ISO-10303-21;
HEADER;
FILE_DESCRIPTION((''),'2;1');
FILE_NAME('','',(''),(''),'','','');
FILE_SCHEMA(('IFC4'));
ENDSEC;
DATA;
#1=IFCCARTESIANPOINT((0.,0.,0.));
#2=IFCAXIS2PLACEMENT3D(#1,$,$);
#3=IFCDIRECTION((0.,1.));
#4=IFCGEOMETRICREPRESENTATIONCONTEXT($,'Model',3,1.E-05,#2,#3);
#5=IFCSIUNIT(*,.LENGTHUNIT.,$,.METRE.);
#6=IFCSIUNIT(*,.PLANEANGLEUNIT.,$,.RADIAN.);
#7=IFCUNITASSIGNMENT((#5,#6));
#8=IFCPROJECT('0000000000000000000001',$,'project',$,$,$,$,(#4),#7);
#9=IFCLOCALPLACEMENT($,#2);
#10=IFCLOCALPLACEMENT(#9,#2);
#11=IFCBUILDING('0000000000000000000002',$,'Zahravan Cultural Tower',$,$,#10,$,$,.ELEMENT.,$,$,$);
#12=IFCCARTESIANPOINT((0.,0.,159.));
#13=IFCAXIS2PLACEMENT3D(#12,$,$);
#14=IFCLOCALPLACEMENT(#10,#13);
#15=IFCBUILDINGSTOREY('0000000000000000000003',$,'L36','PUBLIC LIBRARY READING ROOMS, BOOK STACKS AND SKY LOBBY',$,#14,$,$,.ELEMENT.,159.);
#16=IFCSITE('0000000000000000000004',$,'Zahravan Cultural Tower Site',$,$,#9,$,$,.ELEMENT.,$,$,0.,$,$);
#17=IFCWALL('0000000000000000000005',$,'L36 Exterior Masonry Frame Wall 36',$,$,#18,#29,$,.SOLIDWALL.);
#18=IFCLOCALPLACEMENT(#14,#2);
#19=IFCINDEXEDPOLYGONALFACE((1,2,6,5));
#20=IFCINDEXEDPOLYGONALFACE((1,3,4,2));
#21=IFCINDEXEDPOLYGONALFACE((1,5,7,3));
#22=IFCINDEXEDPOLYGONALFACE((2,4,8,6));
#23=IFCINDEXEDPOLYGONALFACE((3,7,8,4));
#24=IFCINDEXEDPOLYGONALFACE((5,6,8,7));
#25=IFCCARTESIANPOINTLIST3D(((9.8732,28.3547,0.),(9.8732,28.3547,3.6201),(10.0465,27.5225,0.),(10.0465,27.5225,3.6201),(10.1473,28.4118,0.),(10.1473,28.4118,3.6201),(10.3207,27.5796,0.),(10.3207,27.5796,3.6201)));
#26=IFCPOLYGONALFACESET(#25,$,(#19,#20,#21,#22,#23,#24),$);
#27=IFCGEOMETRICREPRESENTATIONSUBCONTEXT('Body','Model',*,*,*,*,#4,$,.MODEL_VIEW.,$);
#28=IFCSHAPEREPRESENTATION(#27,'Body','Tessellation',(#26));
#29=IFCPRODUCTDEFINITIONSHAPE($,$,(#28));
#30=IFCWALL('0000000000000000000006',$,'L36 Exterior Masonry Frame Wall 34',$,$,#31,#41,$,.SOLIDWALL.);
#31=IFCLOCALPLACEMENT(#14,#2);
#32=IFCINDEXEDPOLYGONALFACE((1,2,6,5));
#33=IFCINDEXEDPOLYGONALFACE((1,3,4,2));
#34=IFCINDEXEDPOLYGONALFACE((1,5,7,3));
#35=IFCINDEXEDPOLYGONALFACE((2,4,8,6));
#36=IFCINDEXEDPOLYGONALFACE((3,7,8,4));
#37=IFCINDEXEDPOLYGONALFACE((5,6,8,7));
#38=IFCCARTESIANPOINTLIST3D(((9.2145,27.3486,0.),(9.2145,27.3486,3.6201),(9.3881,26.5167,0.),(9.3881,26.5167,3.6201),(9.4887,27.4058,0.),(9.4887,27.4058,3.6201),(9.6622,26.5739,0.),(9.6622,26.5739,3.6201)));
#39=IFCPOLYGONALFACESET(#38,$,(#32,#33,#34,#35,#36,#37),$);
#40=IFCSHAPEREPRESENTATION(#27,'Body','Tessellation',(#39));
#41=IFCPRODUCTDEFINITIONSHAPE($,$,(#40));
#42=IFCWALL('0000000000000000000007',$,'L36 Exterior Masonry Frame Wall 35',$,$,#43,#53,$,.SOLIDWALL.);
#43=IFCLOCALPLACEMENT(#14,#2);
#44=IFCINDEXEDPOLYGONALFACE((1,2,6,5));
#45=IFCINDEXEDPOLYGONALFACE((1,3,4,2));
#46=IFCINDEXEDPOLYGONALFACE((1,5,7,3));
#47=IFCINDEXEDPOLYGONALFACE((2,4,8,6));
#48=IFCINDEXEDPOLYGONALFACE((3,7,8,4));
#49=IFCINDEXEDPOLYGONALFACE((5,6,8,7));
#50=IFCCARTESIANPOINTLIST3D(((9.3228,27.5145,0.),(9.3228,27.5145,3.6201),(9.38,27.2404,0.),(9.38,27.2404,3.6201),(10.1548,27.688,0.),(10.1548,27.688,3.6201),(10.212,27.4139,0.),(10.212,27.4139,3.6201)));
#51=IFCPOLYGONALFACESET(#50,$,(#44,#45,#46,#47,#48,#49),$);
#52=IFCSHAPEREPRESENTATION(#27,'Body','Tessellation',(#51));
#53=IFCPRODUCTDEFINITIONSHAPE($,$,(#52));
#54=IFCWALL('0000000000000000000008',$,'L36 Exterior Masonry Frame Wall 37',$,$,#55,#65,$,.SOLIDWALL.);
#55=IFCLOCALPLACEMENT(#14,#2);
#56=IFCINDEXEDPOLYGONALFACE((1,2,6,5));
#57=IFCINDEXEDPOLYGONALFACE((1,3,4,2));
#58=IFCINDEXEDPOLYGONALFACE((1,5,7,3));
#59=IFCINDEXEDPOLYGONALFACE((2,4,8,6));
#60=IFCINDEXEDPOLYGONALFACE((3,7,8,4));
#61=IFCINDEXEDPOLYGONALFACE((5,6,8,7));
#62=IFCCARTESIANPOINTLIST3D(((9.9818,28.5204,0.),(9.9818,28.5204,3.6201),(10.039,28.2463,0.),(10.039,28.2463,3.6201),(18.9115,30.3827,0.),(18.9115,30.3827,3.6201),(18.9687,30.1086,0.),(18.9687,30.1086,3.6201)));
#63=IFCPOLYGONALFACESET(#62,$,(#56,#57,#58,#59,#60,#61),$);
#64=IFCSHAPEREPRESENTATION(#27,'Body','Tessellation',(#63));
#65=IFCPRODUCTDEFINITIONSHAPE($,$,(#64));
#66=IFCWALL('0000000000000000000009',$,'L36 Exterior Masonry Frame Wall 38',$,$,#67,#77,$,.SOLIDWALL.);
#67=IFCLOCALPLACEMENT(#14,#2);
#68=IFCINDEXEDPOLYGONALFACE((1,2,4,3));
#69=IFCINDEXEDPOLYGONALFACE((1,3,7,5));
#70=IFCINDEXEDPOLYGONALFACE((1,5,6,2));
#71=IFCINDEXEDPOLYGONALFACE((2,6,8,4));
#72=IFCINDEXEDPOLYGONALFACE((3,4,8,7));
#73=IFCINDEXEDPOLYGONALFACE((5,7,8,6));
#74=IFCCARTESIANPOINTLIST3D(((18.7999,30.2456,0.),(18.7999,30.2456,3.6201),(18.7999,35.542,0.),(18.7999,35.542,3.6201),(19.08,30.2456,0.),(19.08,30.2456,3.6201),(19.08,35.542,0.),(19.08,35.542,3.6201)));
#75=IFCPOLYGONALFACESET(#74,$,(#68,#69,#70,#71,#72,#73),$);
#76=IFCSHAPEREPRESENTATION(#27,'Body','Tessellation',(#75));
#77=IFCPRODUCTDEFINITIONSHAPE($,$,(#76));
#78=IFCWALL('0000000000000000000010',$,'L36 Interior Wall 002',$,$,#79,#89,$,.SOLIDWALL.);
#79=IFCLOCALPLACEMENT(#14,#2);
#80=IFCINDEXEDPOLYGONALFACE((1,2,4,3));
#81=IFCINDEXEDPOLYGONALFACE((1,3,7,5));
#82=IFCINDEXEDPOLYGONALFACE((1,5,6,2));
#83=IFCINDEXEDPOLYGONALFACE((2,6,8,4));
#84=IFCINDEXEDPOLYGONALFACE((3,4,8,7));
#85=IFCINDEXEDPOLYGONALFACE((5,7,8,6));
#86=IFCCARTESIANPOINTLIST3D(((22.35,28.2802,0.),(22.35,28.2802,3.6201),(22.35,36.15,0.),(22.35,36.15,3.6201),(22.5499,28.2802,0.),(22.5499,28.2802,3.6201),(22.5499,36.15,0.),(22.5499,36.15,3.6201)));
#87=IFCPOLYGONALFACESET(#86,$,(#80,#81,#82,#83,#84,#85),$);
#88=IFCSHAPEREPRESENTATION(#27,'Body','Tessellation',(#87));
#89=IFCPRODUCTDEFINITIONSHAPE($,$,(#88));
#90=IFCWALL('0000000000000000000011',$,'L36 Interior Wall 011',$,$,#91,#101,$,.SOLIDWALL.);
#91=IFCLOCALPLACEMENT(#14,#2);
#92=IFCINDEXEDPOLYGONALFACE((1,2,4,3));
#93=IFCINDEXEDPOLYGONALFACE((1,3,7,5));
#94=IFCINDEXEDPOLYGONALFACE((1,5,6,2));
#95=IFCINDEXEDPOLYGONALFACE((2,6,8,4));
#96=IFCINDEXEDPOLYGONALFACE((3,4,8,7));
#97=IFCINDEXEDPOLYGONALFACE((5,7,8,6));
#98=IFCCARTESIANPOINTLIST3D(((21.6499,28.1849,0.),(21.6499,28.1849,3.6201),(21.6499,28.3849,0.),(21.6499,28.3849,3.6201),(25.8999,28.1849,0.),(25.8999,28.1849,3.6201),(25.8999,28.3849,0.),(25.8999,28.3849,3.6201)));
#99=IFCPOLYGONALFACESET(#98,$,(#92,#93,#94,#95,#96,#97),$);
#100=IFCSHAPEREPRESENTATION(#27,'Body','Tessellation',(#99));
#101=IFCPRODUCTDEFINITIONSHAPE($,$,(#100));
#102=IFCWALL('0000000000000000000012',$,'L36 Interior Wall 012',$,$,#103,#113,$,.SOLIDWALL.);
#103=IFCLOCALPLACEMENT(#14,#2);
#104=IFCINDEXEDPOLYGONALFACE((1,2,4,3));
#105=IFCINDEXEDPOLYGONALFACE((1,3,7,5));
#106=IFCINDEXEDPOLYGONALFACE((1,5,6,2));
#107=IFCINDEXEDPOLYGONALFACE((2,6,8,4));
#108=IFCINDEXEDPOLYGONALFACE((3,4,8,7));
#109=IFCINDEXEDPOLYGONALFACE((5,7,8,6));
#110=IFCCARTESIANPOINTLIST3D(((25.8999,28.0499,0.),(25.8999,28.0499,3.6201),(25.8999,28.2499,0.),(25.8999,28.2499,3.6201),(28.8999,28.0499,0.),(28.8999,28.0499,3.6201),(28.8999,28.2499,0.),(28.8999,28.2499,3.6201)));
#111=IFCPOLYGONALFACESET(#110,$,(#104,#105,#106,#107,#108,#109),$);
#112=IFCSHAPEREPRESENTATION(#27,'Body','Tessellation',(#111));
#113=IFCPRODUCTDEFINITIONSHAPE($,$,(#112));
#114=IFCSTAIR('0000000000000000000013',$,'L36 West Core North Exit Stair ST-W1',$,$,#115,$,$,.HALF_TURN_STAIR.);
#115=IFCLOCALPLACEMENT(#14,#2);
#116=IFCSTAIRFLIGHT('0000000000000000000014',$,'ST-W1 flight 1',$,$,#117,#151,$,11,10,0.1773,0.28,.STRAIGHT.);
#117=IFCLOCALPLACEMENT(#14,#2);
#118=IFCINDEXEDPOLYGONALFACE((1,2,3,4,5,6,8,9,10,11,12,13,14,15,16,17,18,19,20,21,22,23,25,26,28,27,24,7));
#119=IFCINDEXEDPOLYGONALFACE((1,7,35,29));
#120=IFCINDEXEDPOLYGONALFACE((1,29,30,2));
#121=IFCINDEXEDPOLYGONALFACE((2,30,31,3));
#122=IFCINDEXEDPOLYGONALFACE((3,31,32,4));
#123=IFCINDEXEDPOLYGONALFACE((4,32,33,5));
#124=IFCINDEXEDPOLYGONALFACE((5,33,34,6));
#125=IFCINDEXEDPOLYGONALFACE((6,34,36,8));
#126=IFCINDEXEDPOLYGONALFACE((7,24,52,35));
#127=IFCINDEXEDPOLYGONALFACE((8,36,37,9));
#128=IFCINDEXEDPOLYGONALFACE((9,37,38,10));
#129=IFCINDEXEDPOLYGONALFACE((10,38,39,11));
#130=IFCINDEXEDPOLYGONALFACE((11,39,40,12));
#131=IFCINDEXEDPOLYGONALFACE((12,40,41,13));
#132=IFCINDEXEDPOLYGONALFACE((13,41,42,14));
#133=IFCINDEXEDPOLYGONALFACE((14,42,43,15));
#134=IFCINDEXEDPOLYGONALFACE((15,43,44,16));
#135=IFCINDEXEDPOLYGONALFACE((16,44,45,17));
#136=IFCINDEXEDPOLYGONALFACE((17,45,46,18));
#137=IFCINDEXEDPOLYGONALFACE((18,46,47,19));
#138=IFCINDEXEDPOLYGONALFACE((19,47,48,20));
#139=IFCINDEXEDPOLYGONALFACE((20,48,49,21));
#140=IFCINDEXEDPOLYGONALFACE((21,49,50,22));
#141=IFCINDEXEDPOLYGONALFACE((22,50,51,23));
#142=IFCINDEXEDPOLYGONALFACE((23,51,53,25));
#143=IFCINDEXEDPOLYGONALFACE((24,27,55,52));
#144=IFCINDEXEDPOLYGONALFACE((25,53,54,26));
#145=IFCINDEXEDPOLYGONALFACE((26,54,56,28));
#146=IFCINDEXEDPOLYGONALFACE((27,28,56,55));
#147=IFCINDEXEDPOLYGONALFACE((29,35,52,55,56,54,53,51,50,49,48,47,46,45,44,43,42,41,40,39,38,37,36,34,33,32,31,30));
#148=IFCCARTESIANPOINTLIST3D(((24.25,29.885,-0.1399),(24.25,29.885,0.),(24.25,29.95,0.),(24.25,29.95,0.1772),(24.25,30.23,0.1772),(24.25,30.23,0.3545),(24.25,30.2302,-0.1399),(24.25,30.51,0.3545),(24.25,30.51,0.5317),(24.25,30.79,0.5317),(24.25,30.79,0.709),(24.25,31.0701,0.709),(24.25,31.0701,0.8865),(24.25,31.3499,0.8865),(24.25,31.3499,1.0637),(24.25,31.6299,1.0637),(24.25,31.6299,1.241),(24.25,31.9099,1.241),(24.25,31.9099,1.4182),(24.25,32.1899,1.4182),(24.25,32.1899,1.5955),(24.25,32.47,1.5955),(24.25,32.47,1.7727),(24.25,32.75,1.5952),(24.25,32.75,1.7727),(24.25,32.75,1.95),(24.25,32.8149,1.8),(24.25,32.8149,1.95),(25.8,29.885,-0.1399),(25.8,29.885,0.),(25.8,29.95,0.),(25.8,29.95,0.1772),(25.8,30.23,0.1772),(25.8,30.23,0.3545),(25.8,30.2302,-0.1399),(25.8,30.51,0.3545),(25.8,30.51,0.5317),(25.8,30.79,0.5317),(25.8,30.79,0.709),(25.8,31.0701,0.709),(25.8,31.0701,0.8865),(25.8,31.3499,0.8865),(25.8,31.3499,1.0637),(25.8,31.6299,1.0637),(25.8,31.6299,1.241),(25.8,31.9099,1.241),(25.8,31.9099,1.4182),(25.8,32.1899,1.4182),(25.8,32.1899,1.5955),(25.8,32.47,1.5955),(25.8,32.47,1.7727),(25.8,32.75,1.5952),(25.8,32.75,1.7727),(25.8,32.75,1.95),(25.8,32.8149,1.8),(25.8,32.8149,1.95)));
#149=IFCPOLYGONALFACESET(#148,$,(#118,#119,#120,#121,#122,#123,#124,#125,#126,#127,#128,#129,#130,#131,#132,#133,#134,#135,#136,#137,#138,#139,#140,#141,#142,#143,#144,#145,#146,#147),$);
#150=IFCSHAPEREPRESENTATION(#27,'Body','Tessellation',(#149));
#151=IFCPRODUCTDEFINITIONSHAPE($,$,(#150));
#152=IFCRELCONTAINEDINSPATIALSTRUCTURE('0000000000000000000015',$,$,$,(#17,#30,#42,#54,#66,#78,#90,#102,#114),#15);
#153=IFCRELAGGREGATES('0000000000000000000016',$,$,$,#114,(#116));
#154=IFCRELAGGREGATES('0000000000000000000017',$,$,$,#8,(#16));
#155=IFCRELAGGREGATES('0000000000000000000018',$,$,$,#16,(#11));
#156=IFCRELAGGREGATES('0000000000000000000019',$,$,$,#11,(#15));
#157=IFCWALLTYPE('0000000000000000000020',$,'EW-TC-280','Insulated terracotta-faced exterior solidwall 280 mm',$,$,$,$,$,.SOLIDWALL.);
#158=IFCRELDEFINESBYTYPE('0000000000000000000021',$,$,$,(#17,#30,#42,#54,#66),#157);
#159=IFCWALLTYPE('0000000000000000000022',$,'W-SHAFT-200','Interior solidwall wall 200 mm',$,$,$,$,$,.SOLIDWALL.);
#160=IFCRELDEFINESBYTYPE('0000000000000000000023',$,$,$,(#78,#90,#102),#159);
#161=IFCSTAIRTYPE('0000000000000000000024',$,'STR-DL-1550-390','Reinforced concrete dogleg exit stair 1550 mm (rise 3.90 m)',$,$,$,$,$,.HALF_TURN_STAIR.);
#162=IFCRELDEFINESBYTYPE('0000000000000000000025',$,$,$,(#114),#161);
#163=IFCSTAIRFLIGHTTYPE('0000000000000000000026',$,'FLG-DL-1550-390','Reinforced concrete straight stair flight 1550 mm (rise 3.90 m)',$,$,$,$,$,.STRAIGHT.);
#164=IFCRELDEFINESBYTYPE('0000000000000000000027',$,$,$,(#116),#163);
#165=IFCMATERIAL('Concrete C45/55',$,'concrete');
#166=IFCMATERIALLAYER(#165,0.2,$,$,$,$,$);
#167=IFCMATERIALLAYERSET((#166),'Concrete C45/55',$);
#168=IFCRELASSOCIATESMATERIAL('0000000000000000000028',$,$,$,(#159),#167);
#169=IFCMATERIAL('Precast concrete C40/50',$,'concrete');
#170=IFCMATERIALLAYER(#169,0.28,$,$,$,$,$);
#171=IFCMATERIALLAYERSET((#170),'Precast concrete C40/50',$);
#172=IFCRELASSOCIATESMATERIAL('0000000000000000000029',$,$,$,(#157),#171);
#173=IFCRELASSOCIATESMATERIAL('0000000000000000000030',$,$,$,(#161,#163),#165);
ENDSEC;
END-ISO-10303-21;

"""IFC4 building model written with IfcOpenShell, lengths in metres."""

from ifc_helpers import new_model, si_unit, direction, frame, frame_2d, origin, place, context, subcontext, project, spatial, polyline, rectangle, outline, extrude, source, transform, mapped, material, layer, layer_set, type_object, element, aggregate, save


model = new_model("IFC4")

# Units and contexts
model_context = context("Model", 3, precision=1e-05, world=origin(), true_north=direction((0.0, 1.0)))
body_context = subcontext(model_context, "Body", "Model", "MODEL_VIEW")
ifc_project = project(units=[si_unit("LENGTHUNIT", "METRE"), si_unit("PLANEANGLEUNIT", "RADIAN")], contexts=[model_context])

# Site, building, storey
site_placement = place(None, origin())
site = spatial("IfcSite", under=ifc_project, at=site_placement, Name="Zahravan Cultural Tower Site", CompositionType="ELEMENT", RefElevation=0.0)
building_placement = place(site_placement, origin())
building = spatial("IfcBuilding", under=site, at=building_placement, Name="Zahravan Cultural Tower", CompositionType="ELEMENT")
storey_placement = place(building_placement, frame((0.0, 0.0, 159.0)))
storey = spatial("IfcBuildingStorey", under=building, at=storey_placement, Name="L36", Description="PUBLIC LIBRARY READING ROOMS, BOOK STACKS AND SKY LOBBY", CompositionType="ELEMENT", Elevation=159.0)

# Shared definitions
ifc_material_1 = material(Name="Concrete C45/55", Category="concrete")
ifc_layer_1 = layer(ifc_material_1, 0.2)
ifc_layer_set_1 = layer_set([ifc_layer_1], Name="Concrete C45/55")
wall_type_1 = type_object("IfcWallType", Name="W-SHAFT-200", Description="Interior solidwall wall 200 mm", PredefinedType="SOLIDWALL", material=ifc_layer_set_1)

# Walls
ifc_material_2 = material(Name="Precast concrete C40/50", Category="concrete")
ifc_layer_2 = layer(ifc_material_2, 0.28)
ifc_layer_set_2 = layer_set([ifc_layer_2], Name="Precast concrete C40/50")
wall_type_2 = type_object("IfcWallType", Name="EW-TC-280", Description="Insulated terracotta-faced exterior solidwall 280 mm", PredefinedType="SOLIDWALL", material=ifc_layer_set_2)
shared_shape_1 = source(origin(), body_context, "Body", "SweptSolid", [
    extrude(rectangle(XDim=0.8501, YDim=0.28, at=frame_2d((0.425, 0.0))), origin(), (0.0, 0.0, 1.0), 3.6201),
])
wall_1_placement = place(storey_placement, frame((10.1836, 27.551, 0.0), z_axis=(0.0, 0.0, 1.0), x_axis=(-0.203897, 0.978992, 0.0)))
element("IfcWall", 1, at=wall_1_placement, inside=storey, type_object=wall_type_2, Name="L36 Exterior Masonry Frame Wall 36", PredefinedType="SOLIDWALL", context=body_context, shape_type="MappedRepresentation", body=[
    mapped(shared_shape_1, transform((0.0, 0.0, 0.0), x_axis=(1.0, 0.0, 0.0), y_axis=(0.0, 1.0, 0.0), z_axis=(0.0, 0.0, 1.0), scale=1.0)),
])
shared_shape_2 = source(origin(), body_context, "Body", "SweptSolid", [
    extrude(rectangle(XDim=0.8499, YDim=0.28, at=frame_2d((0.4248, 0.0))), origin(), (0.0, 0.0, 1.0), 3.6201),
])
for number, where, z_axis, x_axis, name in (
    (2, (9.5251, 26.5454, 0.0), (0.0, 0.0, 1.0), (-0.20423, 0.978923, 0.0), "L36 Exterior Masonry Frame Wall 34"),
    (3, (9.3516, 27.3774, 0.0), (0.0, 0.0, 1.0), (0.978923, 0.20423, 0.0), "L36 Exterior Masonry Frame Wall 35"),
):
    element("IfcWall", number, at=place(storey_placement, frame(where, z_axis=z_axis, x_axis=x_axis)), inside=storey, type_object=wall_type_2, Name=name, PredefinedType="SOLIDWALL", context=body_context, shape_type="MappedRepresentation", body=[
        mapped(shared_shape_2, transform((0.0, 0.0, 0.0), x_axis=(1.0, 0.0, 0.0), y_axis=(0.0, 1.0, 0.0), z_axis=(0.0, 0.0, 1.0), scale=1.0)),
    ])
shared_shape_3 = source(origin(), body_context, "Body", "SweptSolid", [
    extrude(rectangle(XDim=9.1218, YDim=0.28, at=frame_2d((4.561, 0.0))), origin(), (0.0, 0.0, 1.0), 3.6201),
])
wall_2_placement = place(storey_placement, frame((10.0103, 28.3833, 0.0), z_axis=(0.0, 0.0, 1.0), x_axis=(0.978938, 0.204159, 0.0)))
element("IfcWall", 4, at=wall_2_placement, inside=storey, type_object=wall_type_2, Name="L36 Exterior Masonry Frame Wall 37", PredefinedType="SOLIDWALL", context=body_context, shape_type="MappedRepresentation", body=[
    mapped(shared_shape_3, transform((0.0, 0.0, 0.0), x_axis=(1.0, 0.0, 0.0), y_axis=(0.0, 1.0, 0.0), z_axis=(0.0, 0.0, 1.0), scale=1.0)),
])
shared_shape_4 = source(origin(), body_context, "Body", "SweptSolid", [
    extrude(rectangle(XDim=5.2964, YDim=0.28, at=frame_2d((2.6482, 0.0))), origin(), (0.0, 0.0, 1.0), 3.6201),
])
wall_3_placement = place(storey_placement, frame((18.9399, 30.2456, 0.0), z_axis=(0.0, 0.0, 1.0), x_axis=(0.0, 1.0, 0.0)))
element("IfcWall", 5, at=wall_3_placement, inside=storey, type_object=wall_type_2, Name="L36 Exterior Masonry Frame Wall 38", PredefinedType="SOLIDWALL", context=body_context, shape_type="MappedRepresentation", body=[
    mapped(shared_shape_4, transform((0.0, 0.0, 0.0), x_axis=(1.0, 0.0, 0.0), y_axis=(0.0, 1.0, 0.0), z_axis=(0.0, 0.0, 1.0), scale=1.0)),
])
shared_shape_5 = source(origin(), body_context, "Body", "SweptSolid", [
    extrude(rectangle(XDim=7.8699, YDim=0.2, at=frame_2d((3.9351, 0.0))), origin(), (0.0, 0.0, 1.0), 3.6201),
])
wall_4_placement = place(storey_placement, frame((22.45, 28.28, 0.0), z_axis=(0.0, 0.0, 1.0), x_axis=(0.0, 1.0, 0.0)))
element("IfcWall", 6, at=wall_4_placement, inside=storey, type_object=wall_type_1, Name="L36 Interior Wall 002", PredefinedType="SOLIDWALL", context=body_context, shape_type="MappedRepresentation", body=[
    mapped(shared_shape_5, transform((0.0, 0.0, 0.0), x_axis=(1.0, 0.0, 0.0), y_axis=(0.0, 1.0, 0.0), z_axis=(0.0, 0.0, 1.0), scale=1.0)),
])
shared_shape_6 = source(origin(), body_context, "Body", "SweptSolid", [
    extrude(rectangle(XDim=4.25, YDim=0.2, at=frame_2d((2.125, 0.0))), origin(), (0.0, 0.0, 1.0), 3.6201),
])
wall_5_placement = place(storey_placement, frame((21.6499, 28.2849, 0.0), z_axis=(0.0, 0.0, 1.0), x_axis=(1.0, 0.0, 0.0)))
element("IfcWall", 7, at=wall_5_placement, inside=storey, type_object=wall_type_1, Name="L36 Interior Wall 011", PredefinedType="SOLIDWALL", context=body_context, shape_type="MappedRepresentation", body=[
    mapped(shared_shape_6, transform((0.0, 0.0, 0.0), x_axis=(1.0, 0.0, 0.0), y_axis=(0.0, 1.0, 0.0), z_axis=(0.0, 0.0, 1.0), scale=1.0)),
])
shared_shape_7 = source(origin(), body_context, "Body", "SweptSolid", [
    extrude(rectangle(XDim=3.0, YDim=0.2, at=frame_2d((1.5, 0.0))), origin(), (0.0, 0.0, 1.0), 3.6201),
])
wall_6_placement = place(storey_placement, frame((25.8999, 28.1499, 0.0), z_axis=(0.0, 0.0, 1.0), x_axis=(1.0, 0.0, 0.0)))
element("IfcWall", 8, at=wall_6_placement, inside=storey, type_object=wall_type_1, Name="L36 Interior Wall 012", PredefinedType="SOLIDWALL", context=body_context, shape_type="MappedRepresentation", body=[
    mapped(shared_shape_7, transform((0.0, 0.0, 0.0), x_axis=(1.0, 0.0, 0.0), y_axis=(0.0, 1.0, 0.0), z_axis=(0.0, 0.0, 1.0), scale=1.0)),
])

# Stair, stair flight
stair_type = type_object("IfcStairType", Name="STR-DL-1550-390", Description="Reinforced concrete dogleg exit stair 1550 mm (rise 3.90 m)", PredefinedType="HALF_TURN_STAIR", material=ifc_material_1)
stair_placement = place(storey_placement, origin())
stair = element("IfcStair", 9, at=stair_placement, inside=storey, type_object=stair_type, Name="L36 West Core North Exit Stair ST-W1", PredefinedType="HALF_TURN_STAIR")
stair_flight_type = type_object("IfcStairFlightType", Name="FLG-DL-1550-390", Description="Reinforced concrete straight stair flight 1550 mm (rise 3.90 m)", PredefinedType="STRAIGHT", material=ifc_material_1)
stair_flight_1_placement = place(storey_placement, frame((25.0249, 29.95, 0.0), z_axis=(0.0, 0.0, 1.0), x_axis=(0.0, 1.0, 0.0)))
stair_flight_1 = element("IfcStairFlight", 10, at=stair_flight_1_placement, type_object=stair_flight_type, Name="ST-W1 flight 1", NumberOfRisers=11, NumberOfTreads=10, PredefinedType="STRAIGHT", RiserHeight=0.1773, TreadLength=0.28, context=body_context, shape_type="SweptSolid", body=[
    extrude(outline(polyline([(-0.0649, -0.1399), (-0.0649, 0.0), (0.0, 0.0), (0.0, 0.1772), (0.28, 0.1772), (0.28, 0.3545), (0.5601, 0.3545), (0.5601, 0.5317), (0.8401, 0.5317), (0.8401, 0.709), (1.1201, 0.709), (1.1201, 0.8865), (1.3999, 0.8865), (1.3999, 1.0637), (1.6799, 1.0637), (1.6799, 1.241), (1.96, 1.241), (1.96, 1.4182), (2.24, 1.4182), (2.24, 1.5955), (2.52, 1.5955), (2.52, 1.7727), (2.8, 1.7727), (2.8, 1.95), (2.865, 1.95), (2.865, 1.8), (2.8, 1.5952), (0.2803, -0.1399), (-0.0649, -0.1399)])), frame((0.0, 0.7749, 0.0), z_axis=(0.0, -1.0, 0.0), x_axis=(1.0, 0.0, 0.0)), (0.0, 0.0, 1.0), 1.55),
])
aggregate(stair, [stair_flight_1])

save(model, "model.ifc")
